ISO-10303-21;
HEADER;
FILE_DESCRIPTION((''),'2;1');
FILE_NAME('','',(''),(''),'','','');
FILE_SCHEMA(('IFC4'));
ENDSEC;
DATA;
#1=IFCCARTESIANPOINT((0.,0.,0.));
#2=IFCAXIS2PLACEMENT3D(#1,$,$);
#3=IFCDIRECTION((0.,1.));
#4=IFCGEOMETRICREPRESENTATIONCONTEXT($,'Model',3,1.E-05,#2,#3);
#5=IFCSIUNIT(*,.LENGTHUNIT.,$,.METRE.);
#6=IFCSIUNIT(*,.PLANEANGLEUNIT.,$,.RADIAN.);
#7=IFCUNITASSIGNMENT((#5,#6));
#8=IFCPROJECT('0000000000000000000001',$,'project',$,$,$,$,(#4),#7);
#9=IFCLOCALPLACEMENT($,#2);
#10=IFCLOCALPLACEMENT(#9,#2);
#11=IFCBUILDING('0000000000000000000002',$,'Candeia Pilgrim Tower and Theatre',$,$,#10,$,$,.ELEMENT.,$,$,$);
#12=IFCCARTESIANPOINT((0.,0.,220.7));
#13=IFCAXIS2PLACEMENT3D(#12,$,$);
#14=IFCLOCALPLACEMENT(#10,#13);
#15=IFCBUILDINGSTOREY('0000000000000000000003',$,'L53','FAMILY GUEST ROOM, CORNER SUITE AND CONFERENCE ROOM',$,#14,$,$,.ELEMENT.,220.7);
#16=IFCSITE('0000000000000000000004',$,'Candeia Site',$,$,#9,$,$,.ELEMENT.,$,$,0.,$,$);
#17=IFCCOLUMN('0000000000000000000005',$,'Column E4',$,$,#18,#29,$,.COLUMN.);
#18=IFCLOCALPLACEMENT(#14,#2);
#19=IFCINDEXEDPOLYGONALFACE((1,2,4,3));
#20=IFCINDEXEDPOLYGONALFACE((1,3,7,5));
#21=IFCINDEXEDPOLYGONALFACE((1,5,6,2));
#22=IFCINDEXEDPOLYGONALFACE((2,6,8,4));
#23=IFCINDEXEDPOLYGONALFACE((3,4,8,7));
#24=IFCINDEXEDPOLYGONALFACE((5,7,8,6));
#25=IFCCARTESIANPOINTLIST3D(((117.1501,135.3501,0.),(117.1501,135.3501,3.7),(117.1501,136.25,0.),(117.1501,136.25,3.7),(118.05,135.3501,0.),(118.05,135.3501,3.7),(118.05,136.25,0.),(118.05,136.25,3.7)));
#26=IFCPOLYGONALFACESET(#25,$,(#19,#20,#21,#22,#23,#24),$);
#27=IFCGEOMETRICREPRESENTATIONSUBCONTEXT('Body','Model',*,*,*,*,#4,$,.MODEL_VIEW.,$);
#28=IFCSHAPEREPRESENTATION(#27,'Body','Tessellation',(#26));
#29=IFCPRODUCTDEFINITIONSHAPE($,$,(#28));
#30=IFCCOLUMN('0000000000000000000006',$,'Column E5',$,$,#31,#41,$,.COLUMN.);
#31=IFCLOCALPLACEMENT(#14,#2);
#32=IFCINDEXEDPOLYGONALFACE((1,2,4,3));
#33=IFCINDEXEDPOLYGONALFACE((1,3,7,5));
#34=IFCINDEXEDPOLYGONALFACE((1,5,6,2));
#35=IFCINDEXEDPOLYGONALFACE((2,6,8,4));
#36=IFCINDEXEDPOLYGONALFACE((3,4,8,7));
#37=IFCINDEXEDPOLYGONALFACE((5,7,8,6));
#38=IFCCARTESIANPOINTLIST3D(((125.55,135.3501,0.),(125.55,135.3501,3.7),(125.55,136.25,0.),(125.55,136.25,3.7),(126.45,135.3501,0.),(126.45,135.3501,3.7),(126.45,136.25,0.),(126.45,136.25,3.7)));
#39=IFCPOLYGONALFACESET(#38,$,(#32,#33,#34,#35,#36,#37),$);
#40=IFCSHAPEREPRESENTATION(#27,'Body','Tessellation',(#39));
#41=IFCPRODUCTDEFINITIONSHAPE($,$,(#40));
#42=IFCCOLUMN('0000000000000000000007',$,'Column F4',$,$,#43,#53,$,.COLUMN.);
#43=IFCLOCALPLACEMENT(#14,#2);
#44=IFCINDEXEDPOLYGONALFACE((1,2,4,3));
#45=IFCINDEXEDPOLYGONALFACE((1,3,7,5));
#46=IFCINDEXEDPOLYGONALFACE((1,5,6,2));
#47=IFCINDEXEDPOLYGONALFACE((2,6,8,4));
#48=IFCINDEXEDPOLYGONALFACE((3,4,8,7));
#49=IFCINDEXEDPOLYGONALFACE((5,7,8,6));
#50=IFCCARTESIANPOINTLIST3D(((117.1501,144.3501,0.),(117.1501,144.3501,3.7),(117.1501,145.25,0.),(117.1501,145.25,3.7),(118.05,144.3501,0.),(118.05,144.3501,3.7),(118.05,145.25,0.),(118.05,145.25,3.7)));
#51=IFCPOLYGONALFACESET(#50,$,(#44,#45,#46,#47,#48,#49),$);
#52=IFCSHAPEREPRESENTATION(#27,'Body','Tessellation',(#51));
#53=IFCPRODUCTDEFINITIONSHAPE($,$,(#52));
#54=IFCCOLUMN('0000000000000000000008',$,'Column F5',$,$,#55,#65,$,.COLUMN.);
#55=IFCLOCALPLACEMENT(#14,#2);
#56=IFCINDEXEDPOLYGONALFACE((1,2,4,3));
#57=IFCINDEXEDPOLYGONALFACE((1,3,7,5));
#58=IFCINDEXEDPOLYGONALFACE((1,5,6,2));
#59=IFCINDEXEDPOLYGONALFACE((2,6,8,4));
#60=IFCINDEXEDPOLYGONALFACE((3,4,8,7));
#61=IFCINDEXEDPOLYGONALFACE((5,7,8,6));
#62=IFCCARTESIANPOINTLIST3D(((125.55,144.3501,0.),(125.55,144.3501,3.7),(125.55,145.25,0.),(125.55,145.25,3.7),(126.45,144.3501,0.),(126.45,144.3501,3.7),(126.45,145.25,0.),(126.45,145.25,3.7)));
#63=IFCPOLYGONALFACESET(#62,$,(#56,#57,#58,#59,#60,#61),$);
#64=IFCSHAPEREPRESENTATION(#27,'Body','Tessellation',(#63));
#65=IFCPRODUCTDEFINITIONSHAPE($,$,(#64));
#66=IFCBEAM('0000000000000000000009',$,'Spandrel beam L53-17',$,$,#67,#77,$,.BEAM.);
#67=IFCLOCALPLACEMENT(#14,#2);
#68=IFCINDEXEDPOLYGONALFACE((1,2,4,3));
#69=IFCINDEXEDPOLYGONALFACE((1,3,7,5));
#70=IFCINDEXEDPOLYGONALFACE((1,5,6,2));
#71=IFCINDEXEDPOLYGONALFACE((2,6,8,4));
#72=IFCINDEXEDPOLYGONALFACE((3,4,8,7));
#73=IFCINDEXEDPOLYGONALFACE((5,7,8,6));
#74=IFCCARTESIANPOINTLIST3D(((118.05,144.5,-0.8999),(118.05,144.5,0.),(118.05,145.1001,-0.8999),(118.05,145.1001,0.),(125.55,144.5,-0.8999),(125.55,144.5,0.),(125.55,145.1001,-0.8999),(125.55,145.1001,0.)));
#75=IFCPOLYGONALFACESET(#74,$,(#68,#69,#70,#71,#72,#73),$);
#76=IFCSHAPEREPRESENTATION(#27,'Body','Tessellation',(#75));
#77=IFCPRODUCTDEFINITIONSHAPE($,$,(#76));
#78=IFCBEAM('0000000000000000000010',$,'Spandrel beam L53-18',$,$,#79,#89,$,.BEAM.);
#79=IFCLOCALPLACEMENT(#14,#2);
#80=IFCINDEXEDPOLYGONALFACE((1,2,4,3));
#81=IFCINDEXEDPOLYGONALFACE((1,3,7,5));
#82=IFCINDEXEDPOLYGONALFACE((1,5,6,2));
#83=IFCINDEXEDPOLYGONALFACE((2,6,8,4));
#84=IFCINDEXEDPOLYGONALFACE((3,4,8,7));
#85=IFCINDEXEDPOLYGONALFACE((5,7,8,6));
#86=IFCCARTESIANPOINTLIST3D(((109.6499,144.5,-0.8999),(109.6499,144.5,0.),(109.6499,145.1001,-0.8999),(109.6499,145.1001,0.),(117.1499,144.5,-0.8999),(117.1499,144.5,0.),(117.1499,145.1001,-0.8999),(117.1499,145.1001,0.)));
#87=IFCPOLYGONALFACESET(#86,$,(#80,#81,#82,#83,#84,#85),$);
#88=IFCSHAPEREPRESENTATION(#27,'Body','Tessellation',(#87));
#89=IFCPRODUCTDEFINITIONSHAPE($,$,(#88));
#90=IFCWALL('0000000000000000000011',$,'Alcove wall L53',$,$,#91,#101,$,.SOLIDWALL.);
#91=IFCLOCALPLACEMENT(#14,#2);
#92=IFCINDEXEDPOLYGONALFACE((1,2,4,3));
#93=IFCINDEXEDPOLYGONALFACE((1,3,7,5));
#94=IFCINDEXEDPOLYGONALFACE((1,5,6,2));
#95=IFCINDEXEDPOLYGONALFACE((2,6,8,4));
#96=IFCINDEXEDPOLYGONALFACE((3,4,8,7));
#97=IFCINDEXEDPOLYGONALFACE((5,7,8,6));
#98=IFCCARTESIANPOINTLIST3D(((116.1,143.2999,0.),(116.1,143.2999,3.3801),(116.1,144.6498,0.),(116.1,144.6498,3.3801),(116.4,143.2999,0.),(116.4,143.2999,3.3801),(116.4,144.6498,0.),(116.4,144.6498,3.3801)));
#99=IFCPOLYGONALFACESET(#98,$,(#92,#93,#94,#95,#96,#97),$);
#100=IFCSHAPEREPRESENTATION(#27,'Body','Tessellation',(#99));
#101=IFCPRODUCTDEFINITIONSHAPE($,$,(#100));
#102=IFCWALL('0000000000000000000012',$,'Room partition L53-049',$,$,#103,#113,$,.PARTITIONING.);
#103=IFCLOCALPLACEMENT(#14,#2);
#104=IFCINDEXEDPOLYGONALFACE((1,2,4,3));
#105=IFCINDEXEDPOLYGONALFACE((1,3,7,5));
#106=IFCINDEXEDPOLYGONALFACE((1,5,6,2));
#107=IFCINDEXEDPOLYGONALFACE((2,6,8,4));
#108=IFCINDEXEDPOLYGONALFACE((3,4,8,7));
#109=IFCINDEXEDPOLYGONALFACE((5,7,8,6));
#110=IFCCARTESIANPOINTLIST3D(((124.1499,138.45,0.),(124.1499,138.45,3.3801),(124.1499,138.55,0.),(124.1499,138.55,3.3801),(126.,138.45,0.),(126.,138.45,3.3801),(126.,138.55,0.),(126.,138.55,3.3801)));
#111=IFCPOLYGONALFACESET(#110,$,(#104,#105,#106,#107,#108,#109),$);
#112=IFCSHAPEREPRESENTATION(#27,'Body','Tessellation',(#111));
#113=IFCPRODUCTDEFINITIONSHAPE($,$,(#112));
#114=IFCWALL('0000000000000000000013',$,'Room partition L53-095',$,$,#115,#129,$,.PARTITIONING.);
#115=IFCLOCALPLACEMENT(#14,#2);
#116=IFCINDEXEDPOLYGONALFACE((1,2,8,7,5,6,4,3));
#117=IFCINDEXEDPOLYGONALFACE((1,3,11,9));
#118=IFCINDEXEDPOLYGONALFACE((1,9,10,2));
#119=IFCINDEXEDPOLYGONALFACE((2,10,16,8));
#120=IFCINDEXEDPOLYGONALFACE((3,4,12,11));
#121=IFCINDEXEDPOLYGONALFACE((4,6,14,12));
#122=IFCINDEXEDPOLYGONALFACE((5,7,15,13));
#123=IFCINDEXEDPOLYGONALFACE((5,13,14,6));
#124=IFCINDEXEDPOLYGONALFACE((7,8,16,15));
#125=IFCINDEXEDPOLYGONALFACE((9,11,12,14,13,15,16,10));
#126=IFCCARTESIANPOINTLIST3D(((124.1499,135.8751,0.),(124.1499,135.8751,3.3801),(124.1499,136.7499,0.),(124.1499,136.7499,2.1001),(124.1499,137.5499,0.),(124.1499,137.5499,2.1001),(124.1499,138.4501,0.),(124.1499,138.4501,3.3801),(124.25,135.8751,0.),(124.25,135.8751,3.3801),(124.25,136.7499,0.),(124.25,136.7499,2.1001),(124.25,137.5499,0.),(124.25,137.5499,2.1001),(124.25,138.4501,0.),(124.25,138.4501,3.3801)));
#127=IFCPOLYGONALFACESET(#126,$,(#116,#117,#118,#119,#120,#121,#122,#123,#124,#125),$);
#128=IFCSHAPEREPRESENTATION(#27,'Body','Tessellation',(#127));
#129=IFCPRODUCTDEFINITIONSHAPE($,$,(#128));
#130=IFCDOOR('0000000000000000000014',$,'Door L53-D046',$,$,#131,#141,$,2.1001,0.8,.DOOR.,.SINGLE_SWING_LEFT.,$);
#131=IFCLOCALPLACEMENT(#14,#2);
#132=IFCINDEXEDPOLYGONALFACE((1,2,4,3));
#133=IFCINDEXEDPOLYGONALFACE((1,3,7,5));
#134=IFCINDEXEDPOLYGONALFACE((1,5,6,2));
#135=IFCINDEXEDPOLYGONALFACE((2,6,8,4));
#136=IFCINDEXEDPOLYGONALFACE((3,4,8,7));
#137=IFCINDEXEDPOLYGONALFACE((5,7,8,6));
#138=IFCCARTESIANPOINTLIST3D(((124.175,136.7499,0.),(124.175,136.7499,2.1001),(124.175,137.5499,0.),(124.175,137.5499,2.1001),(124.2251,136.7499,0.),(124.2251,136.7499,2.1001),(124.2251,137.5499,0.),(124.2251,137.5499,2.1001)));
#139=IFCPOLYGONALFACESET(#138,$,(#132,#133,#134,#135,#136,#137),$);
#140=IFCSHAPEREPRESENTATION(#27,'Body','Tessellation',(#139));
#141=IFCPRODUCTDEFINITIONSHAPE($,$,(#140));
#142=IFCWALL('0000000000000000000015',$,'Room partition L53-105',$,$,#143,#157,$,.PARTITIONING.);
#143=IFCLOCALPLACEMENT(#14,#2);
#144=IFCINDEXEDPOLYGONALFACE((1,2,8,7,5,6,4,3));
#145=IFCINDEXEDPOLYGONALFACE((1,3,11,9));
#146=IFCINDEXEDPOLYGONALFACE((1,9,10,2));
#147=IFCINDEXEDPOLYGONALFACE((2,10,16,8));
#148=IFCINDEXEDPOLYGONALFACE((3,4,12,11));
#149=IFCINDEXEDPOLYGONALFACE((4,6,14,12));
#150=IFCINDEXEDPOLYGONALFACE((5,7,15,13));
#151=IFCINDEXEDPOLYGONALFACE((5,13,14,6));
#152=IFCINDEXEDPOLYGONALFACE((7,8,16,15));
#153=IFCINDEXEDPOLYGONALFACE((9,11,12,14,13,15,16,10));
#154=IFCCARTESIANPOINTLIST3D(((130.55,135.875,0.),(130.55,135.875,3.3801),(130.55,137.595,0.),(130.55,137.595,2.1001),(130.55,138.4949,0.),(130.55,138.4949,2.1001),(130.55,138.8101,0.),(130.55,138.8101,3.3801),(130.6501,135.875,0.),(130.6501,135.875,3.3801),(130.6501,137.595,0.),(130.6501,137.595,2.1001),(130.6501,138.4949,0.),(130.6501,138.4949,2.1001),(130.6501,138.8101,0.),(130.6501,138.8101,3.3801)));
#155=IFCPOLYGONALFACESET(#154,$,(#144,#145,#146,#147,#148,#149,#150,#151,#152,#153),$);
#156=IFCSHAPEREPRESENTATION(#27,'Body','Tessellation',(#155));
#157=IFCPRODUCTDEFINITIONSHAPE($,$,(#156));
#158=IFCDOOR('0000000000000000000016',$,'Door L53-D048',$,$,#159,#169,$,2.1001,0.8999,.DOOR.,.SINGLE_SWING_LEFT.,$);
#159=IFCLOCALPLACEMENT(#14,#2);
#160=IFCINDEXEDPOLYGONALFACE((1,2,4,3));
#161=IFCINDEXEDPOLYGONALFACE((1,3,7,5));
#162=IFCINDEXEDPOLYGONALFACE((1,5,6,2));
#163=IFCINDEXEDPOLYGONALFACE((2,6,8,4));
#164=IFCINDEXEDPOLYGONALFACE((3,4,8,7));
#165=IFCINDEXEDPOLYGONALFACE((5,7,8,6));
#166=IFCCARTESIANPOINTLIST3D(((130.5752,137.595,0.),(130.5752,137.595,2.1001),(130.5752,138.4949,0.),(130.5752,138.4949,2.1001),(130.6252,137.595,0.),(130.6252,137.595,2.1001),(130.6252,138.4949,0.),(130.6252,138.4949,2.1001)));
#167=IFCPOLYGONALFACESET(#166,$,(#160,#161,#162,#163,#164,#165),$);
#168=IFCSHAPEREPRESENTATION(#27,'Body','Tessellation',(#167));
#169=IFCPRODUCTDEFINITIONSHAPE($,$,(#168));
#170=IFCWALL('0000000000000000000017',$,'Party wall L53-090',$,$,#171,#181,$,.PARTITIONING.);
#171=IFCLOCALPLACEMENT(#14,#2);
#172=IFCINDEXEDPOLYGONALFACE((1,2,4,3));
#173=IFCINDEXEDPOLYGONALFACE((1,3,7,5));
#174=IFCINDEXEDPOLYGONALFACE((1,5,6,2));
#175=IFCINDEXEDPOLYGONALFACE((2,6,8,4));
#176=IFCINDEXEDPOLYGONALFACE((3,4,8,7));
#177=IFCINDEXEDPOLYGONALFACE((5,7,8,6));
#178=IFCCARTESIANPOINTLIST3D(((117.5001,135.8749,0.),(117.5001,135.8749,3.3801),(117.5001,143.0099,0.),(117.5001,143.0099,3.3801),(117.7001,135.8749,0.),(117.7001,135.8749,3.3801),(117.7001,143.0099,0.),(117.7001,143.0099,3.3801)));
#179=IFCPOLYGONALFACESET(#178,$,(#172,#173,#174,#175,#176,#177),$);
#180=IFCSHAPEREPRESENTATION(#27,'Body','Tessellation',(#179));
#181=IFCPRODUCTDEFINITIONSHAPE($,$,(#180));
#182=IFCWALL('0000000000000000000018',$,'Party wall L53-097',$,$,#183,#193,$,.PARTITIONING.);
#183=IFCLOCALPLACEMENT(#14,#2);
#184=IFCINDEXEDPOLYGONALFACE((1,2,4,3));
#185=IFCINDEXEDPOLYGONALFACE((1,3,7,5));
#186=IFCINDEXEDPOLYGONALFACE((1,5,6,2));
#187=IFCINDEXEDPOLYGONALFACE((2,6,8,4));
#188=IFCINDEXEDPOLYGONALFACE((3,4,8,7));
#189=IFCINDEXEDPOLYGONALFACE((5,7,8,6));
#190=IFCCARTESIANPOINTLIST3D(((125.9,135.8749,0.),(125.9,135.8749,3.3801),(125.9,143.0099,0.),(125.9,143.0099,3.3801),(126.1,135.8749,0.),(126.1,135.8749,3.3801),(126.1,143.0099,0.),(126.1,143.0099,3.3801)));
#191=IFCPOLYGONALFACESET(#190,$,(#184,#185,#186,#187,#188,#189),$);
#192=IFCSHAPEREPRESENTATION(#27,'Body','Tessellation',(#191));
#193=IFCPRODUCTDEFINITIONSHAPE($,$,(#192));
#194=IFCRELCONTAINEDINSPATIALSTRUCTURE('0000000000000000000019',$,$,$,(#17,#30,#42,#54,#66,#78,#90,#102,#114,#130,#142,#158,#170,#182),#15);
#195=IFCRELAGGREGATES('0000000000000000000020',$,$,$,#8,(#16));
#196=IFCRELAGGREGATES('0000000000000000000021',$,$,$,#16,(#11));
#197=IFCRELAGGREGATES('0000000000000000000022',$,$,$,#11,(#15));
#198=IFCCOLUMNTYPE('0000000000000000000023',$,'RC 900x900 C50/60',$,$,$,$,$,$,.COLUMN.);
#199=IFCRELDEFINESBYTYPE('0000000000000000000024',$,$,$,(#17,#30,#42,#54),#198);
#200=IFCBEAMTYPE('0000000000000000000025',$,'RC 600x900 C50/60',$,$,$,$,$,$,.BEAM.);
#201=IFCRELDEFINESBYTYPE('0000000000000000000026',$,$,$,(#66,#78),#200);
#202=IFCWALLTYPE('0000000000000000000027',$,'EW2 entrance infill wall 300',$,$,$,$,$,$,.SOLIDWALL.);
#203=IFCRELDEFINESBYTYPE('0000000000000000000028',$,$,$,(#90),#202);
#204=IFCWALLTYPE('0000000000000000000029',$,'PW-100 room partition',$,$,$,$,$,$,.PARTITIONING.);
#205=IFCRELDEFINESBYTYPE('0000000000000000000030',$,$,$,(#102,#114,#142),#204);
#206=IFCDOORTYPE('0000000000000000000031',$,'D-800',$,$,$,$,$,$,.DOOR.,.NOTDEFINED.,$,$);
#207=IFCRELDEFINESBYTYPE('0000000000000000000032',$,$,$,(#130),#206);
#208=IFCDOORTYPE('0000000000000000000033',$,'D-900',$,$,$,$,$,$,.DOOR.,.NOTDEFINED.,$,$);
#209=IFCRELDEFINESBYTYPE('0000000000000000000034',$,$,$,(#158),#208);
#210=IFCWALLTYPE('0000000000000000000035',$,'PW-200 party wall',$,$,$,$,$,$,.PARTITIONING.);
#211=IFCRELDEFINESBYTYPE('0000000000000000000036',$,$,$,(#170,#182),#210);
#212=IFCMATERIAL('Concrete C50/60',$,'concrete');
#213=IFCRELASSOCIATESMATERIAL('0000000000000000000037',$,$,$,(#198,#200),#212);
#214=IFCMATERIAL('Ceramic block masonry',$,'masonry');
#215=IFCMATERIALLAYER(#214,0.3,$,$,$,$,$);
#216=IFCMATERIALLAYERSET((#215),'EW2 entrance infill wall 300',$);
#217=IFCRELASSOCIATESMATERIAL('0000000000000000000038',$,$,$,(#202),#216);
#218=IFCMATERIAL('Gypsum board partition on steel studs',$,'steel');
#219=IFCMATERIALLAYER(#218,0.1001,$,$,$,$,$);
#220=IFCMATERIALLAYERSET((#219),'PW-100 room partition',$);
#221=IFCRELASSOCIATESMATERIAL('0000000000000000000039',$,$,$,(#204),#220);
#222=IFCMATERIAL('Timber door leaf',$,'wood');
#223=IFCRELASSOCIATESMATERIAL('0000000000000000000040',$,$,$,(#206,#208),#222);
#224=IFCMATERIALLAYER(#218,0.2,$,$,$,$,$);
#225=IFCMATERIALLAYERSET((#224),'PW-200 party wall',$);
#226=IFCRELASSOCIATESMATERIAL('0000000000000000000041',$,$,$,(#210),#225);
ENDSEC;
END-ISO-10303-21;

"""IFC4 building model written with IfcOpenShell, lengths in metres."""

from ifc_helpers import new_model, si_unit, direction, frame, frame_2d, origin, origin_2d, place, context, subcontext, project, spatial, rectangle, extrude, material, layer, layer_set, material_profile, profile_set, type_object, element, fill, save


model = new_model("IFC4")

# Units and contexts
model_context = context("Model", 3, precision=1e-05, world=origin(), true_north=direction((0.0, 1.0)))
body_context = subcontext(model_context, "Body", "Model", "MODEL_VIEW")
ifc_project = project(units=[si_unit("LENGTHUNIT", "METRE"), si_unit("PLANEANGLEUNIT", "RADIAN")], contexts=[model_context])

# Site, building, storey
site_placement = place(None, origin())
site = spatial("IfcSite", under=ifc_project, at=site_placement, Name="Candeia Site", CompositionType="ELEMENT", RefElevation=0.0)
building_placement = place(site_placement, origin())
building = spatial("IfcBuilding", under=site, at=building_placement, Name="Candeia Pilgrim Tower and Theatre", CompositionType="ELEMENT")
storey_placement = place(building_placement, frame((0.0, 0.0, 220.7)))
storey = spatial("IfcBuildingStorey", under=building, at=storey_placement, Name="L53", Description="FAMILY GUEST ROOM, CORNER SUITE AND CONFERENCE ROOM", CompositionType="ELEMENT", Elevation=220.7)

# Columns
ifc_material_1 = material(Name="Concrete C50/60", Category="concrete")
ifc_material_profile_1 = material_profile(ifc_material_1, rectangle(XDim=0.8999, YDim=0.8999, at=origin_2d()))
ifc_profile_set_1 = profile_set([ifc_material_profile_1], Name="Concrete C50/60")
column_type = type_object("IfcColumnType", Name="RC 900x900 C50/60", PredefinedType="COLUMN", material=ifc_profile_set_1)
for number, where, z_axis, x_axis, name in (
    (1, (117.6001, 135.8, 0.0), (0.0, 0.0, 1.0), (1.0, 0.0, 0.0), "Column E4"),
    (2, (126.0, 135.8, 0.0), (0.0, 0.0, 1.0), (1.0, 0.0, 0.0), "Column E5"),
    (3, (117.6001, 144.8, 0.0), (0.0, 0.0, 1.0), (1.0, 0.0, 0.0), "Column F4"),
    (4, (126.0, 144.8, 0.0), (0.0, 0.0, 1.0), (1.0, 0.0, 0.0), "Column F5"),
):
    element("IfcColumn", number, at=place(storey_placement, frame(where, z_axis=z_axis, x_axis=x_axis)), inside=storey, type_object=column_type, Name=name, PredefinedType="COLUMN", context=body_context, shape_type="SweptSolid", body=[
        extrude(rectangle(XDim=0.8999, YDim=0.8999, at=origin_2d()), origin(), (0.0, 0.0, 1.0), 3.7),
    ])

# Beams
ifc_material_profile_2 = material_profile(ifc_material_1, rectangle(XDim=0.6001, YDim=0.8999, at=origin_2d()))
ifc_profile_set_2 = profile_set([ifc_material_profile_2], Name="Concrete C50/60")
beam_type = type_object("IfcBeamType", Name="RC 600x900 C50/60", PredefinedType="BEAM", material=ifc_profile_set_2)
for number, where, z_axis, x_axis, name in (
    (5, (125.55, 144.8, -0.45), (-1.0, 0.0, 0.0), (0.0, -1.0, 0.0), "Spandrel beam L53-17"),
    (6, (117.1499, 144.8, -0.45), (-1.0, 0.0, 0.0), (0.0, -1.0, 0.0), "Spandrel beam L53-18"),
):
    element("IfcBeam", number, at=place(storey_placement, frame(where, z_axis=z_axis, x_axis=x_axis)), inside=storey, type_object=beam_type, Name=name, PredefinedType="BEAM", context=body_context, shape_type="SweptSolid", body=[
        extrude(rectangle(XDim=0.6001, YDim=0.8999, at=origin_2d()), origin(), (0.0, 0.0, 1.0), 7.5),
    ])

# Shared definitions
ifc_material_2 = material(Name="Ceramic block masonry", Category="masonry")

# Wall
ifc_layer_1 = layer(ifc_material_2, 0.3)
ifc_layer_set_1 = layer_set([ifc_layer_1], Name="EW2 entrance infill wall 300")
wall_type_1 = type_object("IfcWallType", Name="EW2 entrance infill wall 300", PredefinedType="SOLIDWALL", material=ifc_layer_set_1)
wall_1_placement = place(storey_placement, frame((116.25, 143.3, 0.0), z_axis=(0.0, 0.0, 1.0), x_axis=(0.0, 1.0, 0.0)))
element("IfcWall", 7, at=wall_1_placement, inside=storey, type_object=wall_type_1, Name="Alcove wall L53", PredefinedType="SOLIDWALL", context=body_context, shape_type="SweptSolid", body=[
    extrude(rectangle(XDim=1.3499, YDim=0.3, at=frame_2d((0.6748, 0.0))), origin(), (0.0, 0.0, 1.0), 3.3801),
])

# Wall
ifc_material_3 = material(Name="Gypsum board partition on steel studs", Category="steel")
ifc_layer_2 = layer(ifc_material_3, 0.1001)
ifc_layer_set_2 = layer_set([ifc_layer_2], Name="PW-100 room partition")
wall_type_2 = type_object("IfcWallType", Name="PW-100 room partition", PredefinedType="PARTITIONING", material=ifc_layer_set_2)
wall_2_placement = place(storey_placement, frame((124.1499, 138.5, 0.0), z_axis=(0.0, 0.0, 1.0), x_axis=(1.0, 0.0, 0.0)))
element("IfcWall", 8, at=wall_2_placement, inside=storey, type_object=wall_type_2, Name="Room partition L53-049", PredefinedType="PARTITIONING", context=body_context, shape_type="SweptSolid", body=[
    extrude(rectangle(XDim=1.8501, YDim=0.1001, at=frame_2d((0.925, 0.0))), origin(), (0.0, 0.0, 1.0), 3.3801),
])

# Walls, openings, doors
wall_3_placement = place(storey_placement, frame((124.2, 135.875, 0.0), z_axis=(0.0, 0.0, 1.0), x_axis=(0.0, 1.0, 0.0)))
wall_3 = element("IfcWall", 9, at=wall_3_placement, inside=storey, type_object=wall_type_2, Name="Room partition L53-095", PredefinedType="PARTITIONING", context=body_context, shape_type="SweptSolid", body=[
    extrude(rectangle(XDim=2.575, YDim=0.1001, at=frame_2d((1.2876, 0.0))), origin(), (0.0, 0.0, 1.0), 3.3801),
])
opening_1_placement = place(wall_3_placement, frame((0.875, 0.0, 0.0)))
opening_1 = element("IfcOpeningElement", 10, at=opening_1_placement, cuts=wall_3, PredefinedType="OPENING", context=body_context, shape_type="SweptSolid", body=[
    extrude(rectangle(XDim=0.8, YDim=2.1001, at=frame_2d((0.3999, 1.05))), frame((0.0, 0.0601, 0.0), z_axis=(0.0, -1.0, 0.0), x_axis=(1.0, 0.0, 0.0)), (0.0, 0.0, 1.0), 0.1201),
])
ifc_material_4 = material(Name="Timber door leaf", Category="wood")
door_type_1 = type_object("IfcDoorType", Name="D-800", OperationType="NOTDEFINED", PredefinedType="DOOR", material=ifc_material_4)
door_1_placement = place(opening_1_placement, origin())
door_1 = element("IfcDoor", 11, at=door_1_placement, inside=storey, type_object=door_type_1, Name="Door L53-D046", OperationType="SINGLE_SWING_LEFT", OverallHeight=2.1001, OverallWidth=0.8, PredefinedType="DOOR", context=body_context, shape_type="SweptSolid", body=[
    extrude(rectangle(XDim=0.8, YDim=2.1001, at=frame_2d((0.3999, 1.05))), frame((0.0, 0.0249, 0.0), z_axis=(0.0, -1.0, 0.0), x_axis=(1.0, 0.0, 0.0)), (0.0, 0.0, 1.0), 0.05),
])
fill(opening_1, door_1)
wall_4_placement = place(storey_placement, frame((130.6001, 135.875, 0.0), z_axis=(0.0, 0.0, 1.0), x_axis=(0.0, 1.0, 0.0)))
wall_4 = element("IfcWall", 12, at=wall_4_placement, inside=storey, type_object=wall_type_2, Name="Room partition L53-105", PredefinedType="PARTITIONING", context=body_context, shape_type="SweptSolid", body=[
    extrude(rectangle(XDim=2.9351, YDim=0.1001, at=frame_2d((1.4675, 0.0))), origin(), (0.0, 0.0, 1.0), 3.3801),
])
opening_2_placement = place(wall_4_placement, frame((1.72, 0.0, 0.0)))
opening_2 = element("IfcOpeningElement", 13, at=opening_2_placement, cuts=wall_4, PredefinedType="OPENING", context=body_context, shape_type="SweptSolid", body=[
    extrude(rectangle(XDim=0.8999, YDim=2.1001, at=frame_2d((0.45, 1.05))), frame((0.0, 0.0601, 0.0), z_axis=(0.0, -1.0, 0.0), x_axis=(1.0, 0.0, 0.0)), (0.0, 0.0, 1.0), 0.1201),
])
door_type_2 = type_object("IfcDoorType", Name="D-900", OperationType="NOTDEFINED", PredefinedType="DOOR", material=ifc_material_4)
door_2_placement = place(opening_2_placement, origin())
door_2 = element("IfcDoor", 14, at=door_2_placement, inside=storey, type_object=door_type_2, Name="Door L53-D048", OperationType="SINGLE_SWING_LEFT", OverallHeight=2.1001, OverallWidth=0.8999, PredefinedType="DOOR", context=body_context, shape_type="SweptSolid", body=[
    extrude(rectangle(XDim=0.8999, YDim=2.1001, at=frame_2d((0.45, 1.05))), frame((0.0, 0.0249, 0.0), z_axis=(0.0, -1.0, 0.0), x_axis=(1.0, 0.0, 0.0)), (0.0, 0.0, 1.0), 0.05),
])
fill(opening_2, door_2)

# Walls
ifc_layer_3 = layer(ifc_material_3, 0.2)
ifc_layer_set_3 = layer_set([ifc_layer_3], Name="PW-200 party wall")
wall_type_3 = type_object("IfcWallType", Name="PW-200 party wall", PredefinedType="PARTITIONING", material=ifc_layer_set_3)
for number, where, z_axis, x_axis, name in (
    (15, (117.6001, 135.875, 0.0), (0.0, 0.0, 1.0), (0.0, 1.0, 0.0), "Party wall L53-090"),
    (16, (126.0, 135.875, 0.0), (0.0, 0.0, 1.0), (0.0, 1.0, 0.0), "Party wall L53-097"),
):
    element("IfcWall", number, at=place(storey_placement, frame(where, z_axis=z_axis, x_axis=x_axis)), inside=storey, type_object=wall_type_3, Name=name, PredefinedType="PARTITIONING", context=body_context, shape_type="SweptSolid", body=[
        extrude(rectangle(XDim=7.135, YDim=0.2, at=frame_2d((3.5674, 0.0))), origin(), (0.0, 0.0, 1.0), 3.3801),
    ])

save(model, "model.ifc")
